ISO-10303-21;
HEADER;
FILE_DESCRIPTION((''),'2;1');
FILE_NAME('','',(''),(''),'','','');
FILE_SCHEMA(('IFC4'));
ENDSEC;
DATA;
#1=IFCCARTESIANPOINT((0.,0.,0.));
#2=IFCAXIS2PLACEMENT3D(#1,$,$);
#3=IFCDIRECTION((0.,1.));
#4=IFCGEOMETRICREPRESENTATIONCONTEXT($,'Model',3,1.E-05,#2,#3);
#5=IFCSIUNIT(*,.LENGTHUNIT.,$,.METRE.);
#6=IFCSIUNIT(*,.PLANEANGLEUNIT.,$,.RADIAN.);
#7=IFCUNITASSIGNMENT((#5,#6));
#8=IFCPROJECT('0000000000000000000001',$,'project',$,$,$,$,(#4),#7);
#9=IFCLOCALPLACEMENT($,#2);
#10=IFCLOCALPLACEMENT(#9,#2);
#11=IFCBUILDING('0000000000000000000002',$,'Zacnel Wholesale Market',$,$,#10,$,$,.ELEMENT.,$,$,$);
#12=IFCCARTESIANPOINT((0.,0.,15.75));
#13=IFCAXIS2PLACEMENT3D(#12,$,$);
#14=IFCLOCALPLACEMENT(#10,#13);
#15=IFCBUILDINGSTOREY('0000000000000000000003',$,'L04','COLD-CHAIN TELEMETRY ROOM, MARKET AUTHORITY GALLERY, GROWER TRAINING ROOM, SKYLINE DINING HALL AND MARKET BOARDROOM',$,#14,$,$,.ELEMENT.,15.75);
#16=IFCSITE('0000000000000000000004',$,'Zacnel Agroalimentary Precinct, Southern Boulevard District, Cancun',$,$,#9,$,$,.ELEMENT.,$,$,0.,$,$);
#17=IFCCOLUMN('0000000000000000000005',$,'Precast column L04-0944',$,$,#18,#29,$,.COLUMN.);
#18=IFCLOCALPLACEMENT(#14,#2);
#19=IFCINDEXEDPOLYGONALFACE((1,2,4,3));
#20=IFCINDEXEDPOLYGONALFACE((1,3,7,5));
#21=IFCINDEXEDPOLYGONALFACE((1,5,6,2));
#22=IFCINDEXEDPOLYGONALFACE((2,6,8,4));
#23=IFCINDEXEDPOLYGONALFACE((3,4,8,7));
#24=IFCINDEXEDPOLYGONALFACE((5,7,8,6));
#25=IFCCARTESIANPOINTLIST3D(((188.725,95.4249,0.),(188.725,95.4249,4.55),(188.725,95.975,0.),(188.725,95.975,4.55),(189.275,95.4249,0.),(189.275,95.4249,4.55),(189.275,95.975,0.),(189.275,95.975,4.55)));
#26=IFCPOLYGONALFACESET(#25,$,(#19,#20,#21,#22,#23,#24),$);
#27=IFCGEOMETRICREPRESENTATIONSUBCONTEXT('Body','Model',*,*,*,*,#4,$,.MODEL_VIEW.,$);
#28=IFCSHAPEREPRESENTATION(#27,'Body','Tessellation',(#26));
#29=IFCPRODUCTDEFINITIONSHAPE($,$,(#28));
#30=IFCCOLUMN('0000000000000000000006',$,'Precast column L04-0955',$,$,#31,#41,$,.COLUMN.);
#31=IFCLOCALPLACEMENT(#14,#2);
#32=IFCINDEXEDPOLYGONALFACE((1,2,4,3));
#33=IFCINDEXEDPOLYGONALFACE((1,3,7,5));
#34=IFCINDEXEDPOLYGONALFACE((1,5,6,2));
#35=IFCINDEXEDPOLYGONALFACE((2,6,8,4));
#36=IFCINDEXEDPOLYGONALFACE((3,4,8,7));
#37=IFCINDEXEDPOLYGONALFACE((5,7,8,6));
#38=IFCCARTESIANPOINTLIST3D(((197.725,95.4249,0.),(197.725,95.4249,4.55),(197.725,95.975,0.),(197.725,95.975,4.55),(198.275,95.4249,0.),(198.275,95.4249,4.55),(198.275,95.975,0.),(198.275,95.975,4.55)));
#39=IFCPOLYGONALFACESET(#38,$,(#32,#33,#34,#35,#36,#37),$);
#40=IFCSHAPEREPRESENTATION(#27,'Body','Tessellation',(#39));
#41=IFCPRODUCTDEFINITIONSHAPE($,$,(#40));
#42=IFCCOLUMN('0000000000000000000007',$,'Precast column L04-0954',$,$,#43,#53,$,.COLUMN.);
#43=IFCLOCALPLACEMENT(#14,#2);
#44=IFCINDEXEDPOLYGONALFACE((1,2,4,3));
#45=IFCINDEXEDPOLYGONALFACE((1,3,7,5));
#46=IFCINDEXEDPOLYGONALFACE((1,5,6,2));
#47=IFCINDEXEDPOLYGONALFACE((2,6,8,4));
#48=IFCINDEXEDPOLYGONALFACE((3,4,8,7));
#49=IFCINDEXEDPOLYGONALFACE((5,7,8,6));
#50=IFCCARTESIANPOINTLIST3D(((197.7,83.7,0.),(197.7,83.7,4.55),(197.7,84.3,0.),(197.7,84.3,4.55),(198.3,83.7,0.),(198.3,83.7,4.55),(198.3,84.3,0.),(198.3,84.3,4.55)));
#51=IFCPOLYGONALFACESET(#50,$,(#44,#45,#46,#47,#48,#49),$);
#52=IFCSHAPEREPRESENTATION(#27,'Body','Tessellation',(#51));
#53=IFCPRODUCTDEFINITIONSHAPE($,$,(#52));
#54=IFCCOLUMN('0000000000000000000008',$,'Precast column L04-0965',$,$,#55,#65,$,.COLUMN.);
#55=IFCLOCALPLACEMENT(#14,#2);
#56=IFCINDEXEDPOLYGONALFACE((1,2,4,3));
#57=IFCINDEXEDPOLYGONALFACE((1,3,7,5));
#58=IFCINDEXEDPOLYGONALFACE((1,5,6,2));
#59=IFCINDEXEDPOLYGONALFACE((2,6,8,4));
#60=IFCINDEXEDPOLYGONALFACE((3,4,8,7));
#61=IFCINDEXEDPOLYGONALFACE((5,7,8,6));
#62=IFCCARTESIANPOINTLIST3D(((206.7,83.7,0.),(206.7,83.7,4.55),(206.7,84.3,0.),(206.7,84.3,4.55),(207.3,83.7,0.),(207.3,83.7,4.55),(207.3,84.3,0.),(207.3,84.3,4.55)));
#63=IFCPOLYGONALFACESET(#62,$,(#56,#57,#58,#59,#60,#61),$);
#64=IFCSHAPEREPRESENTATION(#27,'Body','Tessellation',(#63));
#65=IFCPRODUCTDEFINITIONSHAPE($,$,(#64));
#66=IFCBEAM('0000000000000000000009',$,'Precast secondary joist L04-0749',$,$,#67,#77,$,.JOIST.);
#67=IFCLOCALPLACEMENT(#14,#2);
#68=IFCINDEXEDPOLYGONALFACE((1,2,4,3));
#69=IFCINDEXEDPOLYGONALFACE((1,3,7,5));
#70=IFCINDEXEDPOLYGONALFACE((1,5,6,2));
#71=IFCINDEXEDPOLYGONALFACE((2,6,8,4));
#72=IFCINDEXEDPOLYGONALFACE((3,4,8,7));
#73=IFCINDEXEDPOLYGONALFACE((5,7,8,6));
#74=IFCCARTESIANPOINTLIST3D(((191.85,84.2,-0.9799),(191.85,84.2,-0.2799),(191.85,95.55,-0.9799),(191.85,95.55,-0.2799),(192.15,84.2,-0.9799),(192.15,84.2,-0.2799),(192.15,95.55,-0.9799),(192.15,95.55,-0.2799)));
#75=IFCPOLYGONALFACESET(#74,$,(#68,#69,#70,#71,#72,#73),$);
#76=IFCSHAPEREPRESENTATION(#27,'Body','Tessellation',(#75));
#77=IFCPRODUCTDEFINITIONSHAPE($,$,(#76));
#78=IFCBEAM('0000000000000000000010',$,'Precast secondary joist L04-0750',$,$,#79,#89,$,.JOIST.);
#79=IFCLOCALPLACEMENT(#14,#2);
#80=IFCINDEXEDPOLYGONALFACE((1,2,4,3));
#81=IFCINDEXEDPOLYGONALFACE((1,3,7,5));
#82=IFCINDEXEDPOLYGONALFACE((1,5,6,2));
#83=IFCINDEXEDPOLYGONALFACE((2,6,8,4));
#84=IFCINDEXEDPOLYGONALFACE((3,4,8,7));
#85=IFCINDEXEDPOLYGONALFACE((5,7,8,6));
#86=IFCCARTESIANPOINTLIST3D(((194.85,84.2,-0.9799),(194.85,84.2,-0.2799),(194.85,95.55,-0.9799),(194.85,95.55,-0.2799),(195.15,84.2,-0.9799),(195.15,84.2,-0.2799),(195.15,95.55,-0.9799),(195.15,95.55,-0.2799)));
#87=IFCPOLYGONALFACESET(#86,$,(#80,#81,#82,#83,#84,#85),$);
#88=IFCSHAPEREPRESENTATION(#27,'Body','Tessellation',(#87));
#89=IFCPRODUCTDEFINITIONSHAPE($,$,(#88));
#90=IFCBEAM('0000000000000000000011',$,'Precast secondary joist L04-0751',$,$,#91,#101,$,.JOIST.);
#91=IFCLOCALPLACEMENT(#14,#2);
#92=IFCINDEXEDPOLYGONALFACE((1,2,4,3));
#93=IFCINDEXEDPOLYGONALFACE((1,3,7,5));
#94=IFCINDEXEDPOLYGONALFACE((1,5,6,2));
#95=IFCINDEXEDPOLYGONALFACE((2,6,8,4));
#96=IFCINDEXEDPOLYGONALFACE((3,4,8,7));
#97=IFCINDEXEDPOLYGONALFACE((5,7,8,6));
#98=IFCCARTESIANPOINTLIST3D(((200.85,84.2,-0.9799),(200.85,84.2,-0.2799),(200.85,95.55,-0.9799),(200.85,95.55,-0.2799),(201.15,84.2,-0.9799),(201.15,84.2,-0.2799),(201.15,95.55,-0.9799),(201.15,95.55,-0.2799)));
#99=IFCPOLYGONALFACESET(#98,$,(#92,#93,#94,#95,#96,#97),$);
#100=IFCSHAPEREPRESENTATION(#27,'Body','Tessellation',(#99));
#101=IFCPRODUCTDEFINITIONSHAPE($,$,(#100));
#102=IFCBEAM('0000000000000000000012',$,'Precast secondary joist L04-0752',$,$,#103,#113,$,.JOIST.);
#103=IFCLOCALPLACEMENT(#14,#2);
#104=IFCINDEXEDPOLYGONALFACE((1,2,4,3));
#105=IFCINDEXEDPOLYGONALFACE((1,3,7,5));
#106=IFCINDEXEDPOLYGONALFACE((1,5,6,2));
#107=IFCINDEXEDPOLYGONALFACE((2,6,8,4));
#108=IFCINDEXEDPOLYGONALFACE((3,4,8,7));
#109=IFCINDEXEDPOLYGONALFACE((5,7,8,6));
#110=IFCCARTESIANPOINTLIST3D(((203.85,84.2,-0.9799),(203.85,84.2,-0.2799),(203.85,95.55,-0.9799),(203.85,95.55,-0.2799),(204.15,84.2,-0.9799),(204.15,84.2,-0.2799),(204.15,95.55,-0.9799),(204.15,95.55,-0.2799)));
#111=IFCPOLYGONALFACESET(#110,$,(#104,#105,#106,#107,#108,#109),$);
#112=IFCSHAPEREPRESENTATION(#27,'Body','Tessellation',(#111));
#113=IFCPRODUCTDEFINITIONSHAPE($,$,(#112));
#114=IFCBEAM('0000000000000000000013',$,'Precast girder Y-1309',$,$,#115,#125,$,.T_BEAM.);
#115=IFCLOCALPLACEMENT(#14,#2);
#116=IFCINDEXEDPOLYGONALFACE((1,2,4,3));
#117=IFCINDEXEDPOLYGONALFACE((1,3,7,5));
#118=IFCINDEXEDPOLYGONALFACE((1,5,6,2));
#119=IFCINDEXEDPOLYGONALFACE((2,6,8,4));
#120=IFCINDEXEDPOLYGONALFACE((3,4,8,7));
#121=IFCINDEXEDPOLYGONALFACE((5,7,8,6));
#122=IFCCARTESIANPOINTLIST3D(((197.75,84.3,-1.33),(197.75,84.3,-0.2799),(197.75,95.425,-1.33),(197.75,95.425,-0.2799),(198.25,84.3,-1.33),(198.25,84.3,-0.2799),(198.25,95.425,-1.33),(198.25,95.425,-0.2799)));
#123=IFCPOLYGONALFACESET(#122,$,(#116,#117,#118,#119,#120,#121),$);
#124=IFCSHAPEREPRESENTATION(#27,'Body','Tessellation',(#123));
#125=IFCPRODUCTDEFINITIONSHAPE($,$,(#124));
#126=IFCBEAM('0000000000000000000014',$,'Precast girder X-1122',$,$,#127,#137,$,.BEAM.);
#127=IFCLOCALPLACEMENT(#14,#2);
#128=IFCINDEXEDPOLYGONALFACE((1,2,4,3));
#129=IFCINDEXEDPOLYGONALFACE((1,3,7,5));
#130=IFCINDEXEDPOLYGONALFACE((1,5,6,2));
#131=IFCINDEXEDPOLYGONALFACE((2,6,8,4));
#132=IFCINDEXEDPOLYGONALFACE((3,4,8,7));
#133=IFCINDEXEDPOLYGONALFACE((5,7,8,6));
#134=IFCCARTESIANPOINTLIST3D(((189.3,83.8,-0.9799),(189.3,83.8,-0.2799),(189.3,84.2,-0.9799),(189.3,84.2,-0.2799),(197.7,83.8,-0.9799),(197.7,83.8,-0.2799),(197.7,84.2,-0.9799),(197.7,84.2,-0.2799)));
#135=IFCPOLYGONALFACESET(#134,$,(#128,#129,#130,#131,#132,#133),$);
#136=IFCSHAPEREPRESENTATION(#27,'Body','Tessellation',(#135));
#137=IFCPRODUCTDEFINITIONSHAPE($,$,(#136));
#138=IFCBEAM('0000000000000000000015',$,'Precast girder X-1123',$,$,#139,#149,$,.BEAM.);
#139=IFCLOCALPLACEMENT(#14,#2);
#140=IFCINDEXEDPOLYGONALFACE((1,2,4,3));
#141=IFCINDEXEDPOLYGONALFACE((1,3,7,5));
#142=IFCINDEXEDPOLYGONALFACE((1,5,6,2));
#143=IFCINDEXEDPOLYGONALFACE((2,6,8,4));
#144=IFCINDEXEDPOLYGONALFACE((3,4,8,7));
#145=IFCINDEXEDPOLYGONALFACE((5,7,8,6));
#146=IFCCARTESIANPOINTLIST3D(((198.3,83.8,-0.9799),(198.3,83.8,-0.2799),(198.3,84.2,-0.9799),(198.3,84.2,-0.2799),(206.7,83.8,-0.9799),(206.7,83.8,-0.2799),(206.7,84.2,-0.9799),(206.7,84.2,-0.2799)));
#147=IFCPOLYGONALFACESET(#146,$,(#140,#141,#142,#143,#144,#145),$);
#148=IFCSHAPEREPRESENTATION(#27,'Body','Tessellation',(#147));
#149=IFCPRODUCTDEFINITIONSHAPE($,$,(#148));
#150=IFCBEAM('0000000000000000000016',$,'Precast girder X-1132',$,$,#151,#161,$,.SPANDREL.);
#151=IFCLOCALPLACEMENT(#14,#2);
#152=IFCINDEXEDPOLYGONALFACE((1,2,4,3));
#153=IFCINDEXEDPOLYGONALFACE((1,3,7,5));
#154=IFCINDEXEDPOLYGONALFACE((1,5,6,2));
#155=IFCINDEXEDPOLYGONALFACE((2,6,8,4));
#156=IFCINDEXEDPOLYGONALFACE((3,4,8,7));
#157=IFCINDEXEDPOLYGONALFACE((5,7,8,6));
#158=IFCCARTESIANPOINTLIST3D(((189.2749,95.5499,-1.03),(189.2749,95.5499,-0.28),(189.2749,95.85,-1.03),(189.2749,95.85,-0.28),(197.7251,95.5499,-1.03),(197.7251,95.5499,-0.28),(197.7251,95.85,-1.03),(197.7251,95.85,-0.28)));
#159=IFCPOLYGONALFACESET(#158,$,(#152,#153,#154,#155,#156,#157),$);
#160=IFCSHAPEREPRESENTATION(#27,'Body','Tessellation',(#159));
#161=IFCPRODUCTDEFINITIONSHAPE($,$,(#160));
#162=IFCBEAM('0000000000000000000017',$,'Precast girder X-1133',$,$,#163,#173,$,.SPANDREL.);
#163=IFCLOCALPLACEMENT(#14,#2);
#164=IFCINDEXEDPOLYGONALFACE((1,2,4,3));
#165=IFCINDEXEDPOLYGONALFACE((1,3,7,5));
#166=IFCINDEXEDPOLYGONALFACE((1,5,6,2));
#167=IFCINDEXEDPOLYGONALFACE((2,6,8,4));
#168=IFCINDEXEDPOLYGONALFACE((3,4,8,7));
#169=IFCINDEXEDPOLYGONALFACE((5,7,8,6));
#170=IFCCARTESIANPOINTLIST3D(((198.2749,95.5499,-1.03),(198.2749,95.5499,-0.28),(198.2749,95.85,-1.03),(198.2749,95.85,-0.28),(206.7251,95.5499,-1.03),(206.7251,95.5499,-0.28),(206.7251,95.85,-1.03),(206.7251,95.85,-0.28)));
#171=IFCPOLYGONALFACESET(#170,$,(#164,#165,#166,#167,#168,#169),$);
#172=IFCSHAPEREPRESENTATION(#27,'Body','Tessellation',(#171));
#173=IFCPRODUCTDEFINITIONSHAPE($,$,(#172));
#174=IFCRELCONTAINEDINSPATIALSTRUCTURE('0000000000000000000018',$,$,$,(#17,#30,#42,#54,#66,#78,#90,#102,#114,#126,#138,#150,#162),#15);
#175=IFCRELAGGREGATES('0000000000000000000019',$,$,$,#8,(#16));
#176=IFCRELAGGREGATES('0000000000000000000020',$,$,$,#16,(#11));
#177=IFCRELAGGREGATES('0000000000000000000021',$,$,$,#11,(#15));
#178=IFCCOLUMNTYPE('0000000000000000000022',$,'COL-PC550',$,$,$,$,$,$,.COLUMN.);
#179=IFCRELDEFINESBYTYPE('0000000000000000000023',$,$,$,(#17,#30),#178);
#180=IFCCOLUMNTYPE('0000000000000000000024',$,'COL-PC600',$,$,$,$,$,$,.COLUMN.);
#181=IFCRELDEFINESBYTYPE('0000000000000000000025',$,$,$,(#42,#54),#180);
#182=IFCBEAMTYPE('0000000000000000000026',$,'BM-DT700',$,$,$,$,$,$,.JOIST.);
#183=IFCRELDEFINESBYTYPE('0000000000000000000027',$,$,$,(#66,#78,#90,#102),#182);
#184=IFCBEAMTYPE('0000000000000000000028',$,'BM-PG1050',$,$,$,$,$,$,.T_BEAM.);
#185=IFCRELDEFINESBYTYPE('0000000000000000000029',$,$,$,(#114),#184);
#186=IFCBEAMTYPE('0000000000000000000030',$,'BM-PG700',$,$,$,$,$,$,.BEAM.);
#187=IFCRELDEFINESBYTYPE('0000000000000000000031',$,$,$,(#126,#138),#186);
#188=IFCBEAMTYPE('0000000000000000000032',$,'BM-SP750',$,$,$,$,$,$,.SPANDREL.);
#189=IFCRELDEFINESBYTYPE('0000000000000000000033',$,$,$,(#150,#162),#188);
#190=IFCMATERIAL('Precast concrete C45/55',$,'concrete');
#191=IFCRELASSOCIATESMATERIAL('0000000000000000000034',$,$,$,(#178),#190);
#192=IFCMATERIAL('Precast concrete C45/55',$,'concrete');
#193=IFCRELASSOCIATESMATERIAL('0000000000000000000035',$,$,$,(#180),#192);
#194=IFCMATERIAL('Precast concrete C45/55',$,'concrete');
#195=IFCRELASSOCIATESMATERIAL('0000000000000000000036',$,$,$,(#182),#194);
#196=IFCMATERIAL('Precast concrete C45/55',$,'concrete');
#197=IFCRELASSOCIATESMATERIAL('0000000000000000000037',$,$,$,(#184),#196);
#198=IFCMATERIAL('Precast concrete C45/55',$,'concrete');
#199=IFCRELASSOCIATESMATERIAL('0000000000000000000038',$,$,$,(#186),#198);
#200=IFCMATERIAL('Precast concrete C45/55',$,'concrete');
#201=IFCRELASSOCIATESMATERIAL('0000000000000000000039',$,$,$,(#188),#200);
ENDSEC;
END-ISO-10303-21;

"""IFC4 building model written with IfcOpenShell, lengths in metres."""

from ifc_helpers import new_model, si_unit, direction, frame, origin, origin_2d, place, context, subcontext, project, spatial, rectangle, extrude, material, material_profile, profile_set, type_object, element, save


model = new_model("IFC4")

# Units and contexts
model_context = context("Model", 3, precision=1e-05, world=origin(), true_north=direction((0.0, 1.0)))
body_context = subcontext(model_context, "Body", "Model", "MODEL_VIEW")
ifc_project = project(units=[si_unit("LENGTHUNIT", "METRE"), si_unit("PLANEANGLEUNIT", "RADIAN")], contexts=[model_context])

# Site, building, storey
site_placement = place(None, origin())
site = spatial("IfcSite", under=ifc_project, at=site_placement, Name="Zacnel Agroalimentary Precinct, Southern Boulevard District, Cancun", CompositionType="ELEMENT", RefElevation=0.0)
building_placement = place(site_placement, origin())
building = spatial("IfcBuilding", under=site, at=building_placement, Name="Zacnel Wholesale Market", CompositionType="ELEMENT")
storey_placement = place(building_placement, frame((0.0, 0.0, 15.75)))
storey = spatial("IfcBuildingStorey", under=building, at=storey_placement, Name="L04", Description="COLD-CHAIN TELEMETRY ROOM, MARKET AUTHORITY GALLERY, GROWER TRAINING ROOM, SKYLINE DINING HALL AND MARKET BOARDROOM", CompositionType="ELEMENT", Elevation=15.75)

# Columns
ifc_material_1 = material(Name="Precast concrete C45/55", Category="concrete")
ifc_material_profile_1 = material_profile(ifc_material_1, rectangle(XDim=0.55, YDim=0.55, at=origin_2d()), Name="PC 550x550")
ifc_profile_set_1 = profile_set([ifc_material_profile_1], Name="Precast concrete C45/55")
column_type_1 = type_object("IfcColumnType", Name="COL-PC550", PredefinedType="COLUMN", material=ifc_profile_set_1)
for number, where, z_axis, x_axis, name in (
    (1, (189.0, 95.7, 0.0), (0.0, 0.0, 1.0), (1.0, 0.0, 0.0), "Precast column L04-0944"),
    (2, (198.0, 95.7, 0.0), (0.0, 0.0, 1.0), (1.0, 0.0, 0.0), "Precast column L04-0955"),
):
    element("IfcColumn", number, at=place(storey_placement, frame(where, z_axis=z_axis, x_axis=x_axis)), inside=storey, type_object=column_type_1, Name=name, PredefinedType="COLUMN", context=body_context, shape_type="SweptSolid", body=[
        extrude(rectangle(XDim=0.55, YDim=0.55, at=origin_2d()), origin(), (0.0, 0.0, 1.0), 4.55),
    ])
ifc_material_2 = material(Name="Precast concrete C45/55", Category="concrete")
ifc_material_profile_2 = material_profile(ifc_material_2, rectangle(XDim=0.6001, YDim=0.6001, at=origin_2d()), Name="PC 600x600")
ifc_profile_set_2 = profile_set([ifc_material_profile_2], Name="Precast concrete C45/55")
column_type_2 = type_object("IfcColumnType", Name="COL-PC600", PredefinedType="COLUMN", material=ifc_profile_set_2)
for number, where, z_axis, x_axis, name in (
    (3, (198.0, 84.0, 0.0), (0.0, 0.0, 1.0), (1.0, 0.0, 0.0), "Precast column L04-0954"),
    (4, (207.0, 84.0, 0.0), (0.0, 0.0, 1.0), (1.0, 0.0, 0.0), "Precast column L04-0965"),
):
    element("IfcColumn", number, at=place(storey_placement, frame(where, z_axis=z_axis, x_axis=x_axis)), inside=storey, type_object=column_type_2, Name=name, PredefinedType="COLUMN", context=body_context, shape_type="SweptSolid", body=[
        extrude(rectangle(XDim=0.6001, YDim=0.6001, at=origin_2d()), origin(), (0.0, 0.0, 1.0), 4.55),
    ])

# Beams
ifc_material_3 = material(Name="Precast concrete C45/55", Category="concrete")
ifc_material_profile_3 = material_profile(ifc_material_3, rectangle(XDim=0.3, YDim=0.7, at=origin_2d()), Name="DT RIB 300x700")
ifc_profile_set_3 = profile_set([ifc_material_profile_3], Name="Precast concrete C45/55")
beam_type_1 = type_object("IfcBeamType", Name="BM-DT700", PredefinedType="JOIST", material=ifc_profile_set_3)
for number, where, z_axis, x_axis, name in (
    (5, (192.0, 84.2, -0.6299), (0.0, 1.0, 0.0), (-1.0, 0.0, 0.0), "Precast secondary joist L04-0749"),
    (6, (195.0, 84.2, -0.6299), (0.0, 1.0, 0.0), (-1.0, 0.0, 0.0), "Precast secondary joist L04-0750"),
    (7, (201.0, 84.2, -0.6299), (0.0, 1.0, 0.0), (-1.0, 0.0, 0.0), "Precast secondary joist L04-0751"),
    (8, (204.0, 84.2, -0.6299), (0.0, 1.0, 0.0), (-1.0, 0.0, 0.0), "Precast secondary joist L04-0752"),
):
    element("IfcBeam", number, at=place(storey_placement, frame(where, z_axis=z_axis, x_axis=x_axis)), inside=storey, type_object=beam_type_1, Name=name, PredefinedType="JOIST", context=body_context, shape_type="SweptSolid", body=[
        extrude(rectangle(XDim=0.3, YDim=0.7, at=origin_2d()), origin(), (0.0, 0.0, 1.0), 11.3501),
    ])
ifc_material_4 = material(Name="Precast concrete C45/55", Category="concrete")
ifc_material_profile_4 = material_profile(ifc_material_4, rectangle(XDim=0.5, YDim=1.05, at=origin_2d()), Name="PG 500x1050")
ifc_profile_set_4 = profile_set([ifc_material_profile_4], Name="Precast concrete C45/55")
beam_type_2 = type_object("IfcBeamType", Name="BM-PG1050", PredefinedType="T_BEAM", material=ifc_profile_set_4)
beam_placement = place(storey_placement, frame((198.0, 84.3, -0.8049), z_axis=(0.0, 1.0, 0.0), x_axis=(-1.0, 0.0, 0.0)))
element("IfcBeam", 9, at=beam_placement, inside=storey, type_object=beam_type_2, Name="Precast girder Y-1309", PredefinedType="T_BEAM", context=body_context, shape_type="SweptSolid", body=[
    extrude(rectangle(XDim=0.5, YDim=1.05, at=origin_2d()), origin(), (0.0, 0.0, 1.0), 11.125),
])
ifc_material_5 = material(Name="Precast concrete C45/55", Category="concrete")
ifc_material_profile_5 = material_profile(ifc_material_5, rectangle(XDim=0.3999, YDim=0.7, at=origin_2d()), Name="PG 400x700")
ifc_profile_set_5 = profile_set([ifc_material_profile_5], Name="Precast concrete C45/55")
beam_type_3 = type_object("IfcBeamType", Name="BM-PG700", PredefinedType="BEAM", material=ifc_profile_set_5)
for number, where, z_axis, x_axis, name in (
    (10, (189.3, 84.0, -0.6299), (1.0, 0.0, 0.0), (0.0, 1.0, 0.0), "Precast girder X-1122"),
    (11, (198.3, 84.0, -0.6299), (1.0, 0.0, 0.0), (0.0, 1.0, 0.0), "Precast girder X-1123"),
):
    element("IfcBeam", number, at=place(storey_placement, frame(where, z_axis=z_axis, x_axis=x_axis)), inside=storey, type_object=beam_type_3, Name=name, PredefinedType="BEAM", context=body_context, shape_type="SweptSolid", body=[
        extrude(rectangle(XDim=0.3999, YDim=0.7, at=origin_2d()), origin(), (0.0, 0.0, 1.0), 8.3999),
    ])
ifc_material_6 = material(Name="Precast concrete C45/55", Category="concrete")
ifc_material_profile_6 = material_profile(ifc_material_6, rectangle(XDim=0.3, YDim=0.75, at=origin_2d()), Name="SP 300x750")
ifc_profile_set_6 = profile_set([ifc_material_profile_6], Name="Precast concrete C45/55")
beam_type_4 = type_object("IfcBeamType", Name="BM-SP750", PredefinedType="SPANDREL", material=ifc_profile_set_6)
for number, where, z_axis, x_axis, name in (
    (12, (189.2749, 95.7, -0.655), (1.0, 0.0, 0.0), (0.0, 1.0, 0.0), "Precast girder X-1132"),
    (13, (198.2749, 95.7, -0.655), (1.0, 0.0, 0.0), (0.0, 1.0, 0.0), "Precast girder X-1133"),
):
    element("IfcBeam", number, at=place(storey_placement, frame(where, z_axis=z_axis, x_axis=x_axis)), inside=storey, type_object=beam_type_4, Name=name, PredefinedType="SPANDREL", context=body_context, shape_type="SweptSolid", body=[
        extrude(rectangle(XDim=0.3, YDim=0.75, at=origin_2d()), origin(), (0.0, 0.0, 1.0), 8.4502),
    ])

save(model, "model.ifc")
